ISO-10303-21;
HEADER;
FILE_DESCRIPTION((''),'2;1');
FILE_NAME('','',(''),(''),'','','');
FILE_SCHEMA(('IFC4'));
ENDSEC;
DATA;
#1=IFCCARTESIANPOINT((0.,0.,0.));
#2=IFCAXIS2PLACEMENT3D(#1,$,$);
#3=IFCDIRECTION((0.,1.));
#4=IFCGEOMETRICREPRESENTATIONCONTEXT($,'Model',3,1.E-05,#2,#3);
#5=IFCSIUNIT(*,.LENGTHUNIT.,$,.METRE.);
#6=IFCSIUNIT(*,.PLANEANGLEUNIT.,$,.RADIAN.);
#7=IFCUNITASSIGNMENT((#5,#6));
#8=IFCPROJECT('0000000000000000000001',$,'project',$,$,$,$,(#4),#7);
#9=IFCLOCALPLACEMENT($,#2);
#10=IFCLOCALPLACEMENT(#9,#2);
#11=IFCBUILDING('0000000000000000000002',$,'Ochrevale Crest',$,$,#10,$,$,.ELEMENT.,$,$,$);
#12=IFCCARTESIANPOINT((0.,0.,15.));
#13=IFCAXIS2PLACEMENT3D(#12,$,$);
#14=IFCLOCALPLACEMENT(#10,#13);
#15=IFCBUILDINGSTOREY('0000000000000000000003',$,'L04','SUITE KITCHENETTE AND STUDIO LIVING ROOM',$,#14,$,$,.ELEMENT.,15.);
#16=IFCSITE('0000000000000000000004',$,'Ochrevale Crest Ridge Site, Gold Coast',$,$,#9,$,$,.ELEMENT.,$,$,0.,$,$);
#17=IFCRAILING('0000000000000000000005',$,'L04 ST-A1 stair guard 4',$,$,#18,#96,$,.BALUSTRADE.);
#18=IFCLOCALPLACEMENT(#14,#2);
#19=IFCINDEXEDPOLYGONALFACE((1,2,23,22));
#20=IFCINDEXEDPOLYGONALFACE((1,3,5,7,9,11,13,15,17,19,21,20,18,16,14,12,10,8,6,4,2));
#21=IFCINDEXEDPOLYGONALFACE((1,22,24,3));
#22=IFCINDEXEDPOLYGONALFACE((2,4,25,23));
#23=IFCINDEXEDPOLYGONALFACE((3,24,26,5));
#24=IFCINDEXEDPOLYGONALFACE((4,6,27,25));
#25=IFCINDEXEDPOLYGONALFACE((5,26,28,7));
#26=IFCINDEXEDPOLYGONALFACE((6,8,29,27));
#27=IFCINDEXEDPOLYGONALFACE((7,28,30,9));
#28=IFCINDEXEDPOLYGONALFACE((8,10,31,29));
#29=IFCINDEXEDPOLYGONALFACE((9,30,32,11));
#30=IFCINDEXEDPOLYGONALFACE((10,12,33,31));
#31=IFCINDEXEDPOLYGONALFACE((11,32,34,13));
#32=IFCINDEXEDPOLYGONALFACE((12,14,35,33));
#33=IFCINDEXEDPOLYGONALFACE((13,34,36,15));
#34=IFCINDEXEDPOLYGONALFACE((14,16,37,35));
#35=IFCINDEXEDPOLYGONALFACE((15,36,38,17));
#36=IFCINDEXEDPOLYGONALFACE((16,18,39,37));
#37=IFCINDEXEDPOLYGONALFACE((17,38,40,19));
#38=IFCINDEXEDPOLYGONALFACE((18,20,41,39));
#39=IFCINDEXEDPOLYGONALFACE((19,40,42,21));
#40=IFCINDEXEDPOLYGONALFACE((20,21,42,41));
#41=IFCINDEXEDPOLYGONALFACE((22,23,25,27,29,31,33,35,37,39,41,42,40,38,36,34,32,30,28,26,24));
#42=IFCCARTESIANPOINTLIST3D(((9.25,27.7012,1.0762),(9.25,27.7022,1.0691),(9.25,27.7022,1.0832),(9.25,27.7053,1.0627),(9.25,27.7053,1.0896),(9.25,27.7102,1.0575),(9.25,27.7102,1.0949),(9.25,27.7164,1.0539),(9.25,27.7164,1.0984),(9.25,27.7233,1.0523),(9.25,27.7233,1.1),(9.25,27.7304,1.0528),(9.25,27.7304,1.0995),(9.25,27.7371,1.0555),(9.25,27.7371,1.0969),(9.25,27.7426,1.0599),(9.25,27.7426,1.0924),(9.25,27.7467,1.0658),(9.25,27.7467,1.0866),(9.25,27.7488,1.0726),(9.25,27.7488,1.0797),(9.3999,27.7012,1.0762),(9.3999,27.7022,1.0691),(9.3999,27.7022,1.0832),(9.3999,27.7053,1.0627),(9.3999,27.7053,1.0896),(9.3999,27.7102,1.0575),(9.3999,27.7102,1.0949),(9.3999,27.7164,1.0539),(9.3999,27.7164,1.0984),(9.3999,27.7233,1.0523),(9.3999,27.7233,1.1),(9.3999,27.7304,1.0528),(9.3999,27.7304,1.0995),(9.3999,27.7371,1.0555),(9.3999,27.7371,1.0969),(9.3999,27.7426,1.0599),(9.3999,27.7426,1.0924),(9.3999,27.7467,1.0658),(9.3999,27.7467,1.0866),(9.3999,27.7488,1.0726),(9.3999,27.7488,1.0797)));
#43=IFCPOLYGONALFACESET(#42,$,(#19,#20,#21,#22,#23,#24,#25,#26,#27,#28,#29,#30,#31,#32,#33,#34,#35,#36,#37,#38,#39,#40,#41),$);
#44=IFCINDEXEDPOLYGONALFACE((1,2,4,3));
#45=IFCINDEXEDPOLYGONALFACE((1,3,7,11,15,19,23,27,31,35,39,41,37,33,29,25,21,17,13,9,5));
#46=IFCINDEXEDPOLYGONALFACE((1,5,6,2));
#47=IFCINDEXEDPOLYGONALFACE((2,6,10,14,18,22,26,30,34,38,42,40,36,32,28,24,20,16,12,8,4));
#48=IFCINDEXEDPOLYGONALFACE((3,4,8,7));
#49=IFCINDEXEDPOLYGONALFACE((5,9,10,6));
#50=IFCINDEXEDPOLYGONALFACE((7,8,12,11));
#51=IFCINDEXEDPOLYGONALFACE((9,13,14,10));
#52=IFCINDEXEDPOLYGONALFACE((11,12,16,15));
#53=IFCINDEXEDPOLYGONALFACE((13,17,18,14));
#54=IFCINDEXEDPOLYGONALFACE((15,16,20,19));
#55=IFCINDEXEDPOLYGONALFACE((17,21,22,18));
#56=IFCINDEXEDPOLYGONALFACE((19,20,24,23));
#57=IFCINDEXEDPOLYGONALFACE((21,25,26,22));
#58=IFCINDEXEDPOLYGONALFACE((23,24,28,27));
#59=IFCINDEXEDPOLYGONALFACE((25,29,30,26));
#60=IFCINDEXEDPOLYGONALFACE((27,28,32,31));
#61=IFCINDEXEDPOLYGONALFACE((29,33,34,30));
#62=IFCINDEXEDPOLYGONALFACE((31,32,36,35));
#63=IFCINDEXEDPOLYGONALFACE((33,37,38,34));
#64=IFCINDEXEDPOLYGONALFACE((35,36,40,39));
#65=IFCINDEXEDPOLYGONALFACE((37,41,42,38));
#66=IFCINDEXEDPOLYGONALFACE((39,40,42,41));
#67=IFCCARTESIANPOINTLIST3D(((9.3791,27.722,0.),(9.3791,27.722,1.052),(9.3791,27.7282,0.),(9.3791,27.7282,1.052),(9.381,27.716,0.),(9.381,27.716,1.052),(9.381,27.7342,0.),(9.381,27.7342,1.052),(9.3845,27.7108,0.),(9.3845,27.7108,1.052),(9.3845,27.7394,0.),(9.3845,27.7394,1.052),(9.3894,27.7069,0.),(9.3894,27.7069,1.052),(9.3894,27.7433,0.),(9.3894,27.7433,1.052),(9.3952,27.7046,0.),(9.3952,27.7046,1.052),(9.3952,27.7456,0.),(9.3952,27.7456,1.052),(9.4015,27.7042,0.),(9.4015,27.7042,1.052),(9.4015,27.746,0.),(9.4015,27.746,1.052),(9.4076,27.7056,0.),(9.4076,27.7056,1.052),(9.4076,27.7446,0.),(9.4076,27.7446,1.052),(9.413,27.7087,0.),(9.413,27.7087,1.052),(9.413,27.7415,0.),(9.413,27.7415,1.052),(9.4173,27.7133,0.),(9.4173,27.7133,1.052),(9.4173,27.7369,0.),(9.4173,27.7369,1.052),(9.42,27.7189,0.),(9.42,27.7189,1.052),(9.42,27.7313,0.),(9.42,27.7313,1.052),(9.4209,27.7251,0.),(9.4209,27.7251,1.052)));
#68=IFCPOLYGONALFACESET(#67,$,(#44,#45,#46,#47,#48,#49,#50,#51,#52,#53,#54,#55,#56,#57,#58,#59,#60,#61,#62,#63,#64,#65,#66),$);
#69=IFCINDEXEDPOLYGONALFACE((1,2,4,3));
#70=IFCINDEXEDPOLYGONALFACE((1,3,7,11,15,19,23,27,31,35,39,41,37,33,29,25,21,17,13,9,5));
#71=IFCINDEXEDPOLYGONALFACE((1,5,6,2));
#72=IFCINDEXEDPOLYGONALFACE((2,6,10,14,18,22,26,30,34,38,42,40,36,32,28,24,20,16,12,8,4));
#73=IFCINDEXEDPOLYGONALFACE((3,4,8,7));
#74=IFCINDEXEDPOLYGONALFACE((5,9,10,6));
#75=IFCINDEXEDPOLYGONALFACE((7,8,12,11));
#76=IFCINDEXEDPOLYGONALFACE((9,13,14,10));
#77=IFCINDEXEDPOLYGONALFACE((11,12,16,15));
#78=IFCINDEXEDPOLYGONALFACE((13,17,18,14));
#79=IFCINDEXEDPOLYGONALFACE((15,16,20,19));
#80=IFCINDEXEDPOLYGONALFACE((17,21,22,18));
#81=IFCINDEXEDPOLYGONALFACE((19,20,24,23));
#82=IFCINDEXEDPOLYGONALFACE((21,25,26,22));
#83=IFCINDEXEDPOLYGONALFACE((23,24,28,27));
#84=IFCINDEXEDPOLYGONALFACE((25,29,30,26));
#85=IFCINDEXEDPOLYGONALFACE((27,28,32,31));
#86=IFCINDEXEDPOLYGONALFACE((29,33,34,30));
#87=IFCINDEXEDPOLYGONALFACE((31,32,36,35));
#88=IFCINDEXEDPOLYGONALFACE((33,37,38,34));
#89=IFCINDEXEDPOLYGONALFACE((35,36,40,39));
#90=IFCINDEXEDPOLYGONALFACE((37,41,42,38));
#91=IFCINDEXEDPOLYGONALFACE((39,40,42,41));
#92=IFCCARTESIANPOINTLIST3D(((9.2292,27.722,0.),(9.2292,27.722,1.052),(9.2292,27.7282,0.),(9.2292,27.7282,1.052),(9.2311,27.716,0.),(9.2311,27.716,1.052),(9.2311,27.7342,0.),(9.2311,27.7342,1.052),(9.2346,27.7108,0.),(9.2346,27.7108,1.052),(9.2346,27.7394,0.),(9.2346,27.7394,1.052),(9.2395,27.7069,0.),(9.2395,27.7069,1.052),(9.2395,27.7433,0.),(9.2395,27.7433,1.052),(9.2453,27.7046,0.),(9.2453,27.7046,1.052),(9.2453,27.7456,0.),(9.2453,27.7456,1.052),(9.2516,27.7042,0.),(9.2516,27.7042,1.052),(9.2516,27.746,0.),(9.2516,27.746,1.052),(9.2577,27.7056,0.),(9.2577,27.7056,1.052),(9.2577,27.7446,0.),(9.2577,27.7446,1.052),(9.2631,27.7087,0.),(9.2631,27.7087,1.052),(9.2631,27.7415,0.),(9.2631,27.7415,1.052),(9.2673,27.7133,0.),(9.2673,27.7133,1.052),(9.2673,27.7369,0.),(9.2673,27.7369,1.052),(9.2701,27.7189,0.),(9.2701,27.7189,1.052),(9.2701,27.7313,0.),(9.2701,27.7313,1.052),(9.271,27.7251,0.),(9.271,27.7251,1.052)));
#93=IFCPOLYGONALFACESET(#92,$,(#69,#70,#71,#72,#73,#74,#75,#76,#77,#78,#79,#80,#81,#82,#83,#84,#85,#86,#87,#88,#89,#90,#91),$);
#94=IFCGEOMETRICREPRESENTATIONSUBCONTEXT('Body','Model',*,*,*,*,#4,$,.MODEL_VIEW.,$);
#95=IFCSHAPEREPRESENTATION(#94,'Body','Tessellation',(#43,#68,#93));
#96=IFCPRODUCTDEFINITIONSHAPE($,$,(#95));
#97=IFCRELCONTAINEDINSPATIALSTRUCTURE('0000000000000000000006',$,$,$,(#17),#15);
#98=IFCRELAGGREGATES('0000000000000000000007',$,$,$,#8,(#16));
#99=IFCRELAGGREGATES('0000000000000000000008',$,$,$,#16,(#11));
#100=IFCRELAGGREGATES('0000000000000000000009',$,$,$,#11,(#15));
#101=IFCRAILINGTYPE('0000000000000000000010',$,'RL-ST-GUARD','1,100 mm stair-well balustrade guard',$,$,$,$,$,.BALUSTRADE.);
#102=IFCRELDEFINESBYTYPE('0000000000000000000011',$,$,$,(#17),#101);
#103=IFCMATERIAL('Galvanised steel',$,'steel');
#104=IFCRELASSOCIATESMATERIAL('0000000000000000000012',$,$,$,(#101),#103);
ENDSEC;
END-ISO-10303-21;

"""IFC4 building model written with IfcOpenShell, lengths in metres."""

from ifc_helpers import new_model, si_unit, direction, frame, origin, origin_2d, place, context, subcontext, project, spatial, circle, extrude, material, type_object, element, save


model = new_model("IFC4")

# Units and contexts
model_context = context("Model", 3, precision=1e-05, world=origin(), true_north=direction((0.0, 1.0)))
body_context = subcontext(model_context, "Body", "Model", "MODEL_VIEW")
ifc_project = project(units=[si_unit("LENGTHUNIT", "METRE"), si_unit("PLANEANGLEUNIT", "RADIAN")], contexts=[model_context])

# Site, building, storey
site_placement = place(None, origin())
site = spatial("IfcSite", under=ifc_project, at=site_placement, Name="Ochrevale Crest Ridge Site, Gold Coast", CompositionType="ELEMENT", RefElevation=0.0)
building_placement = place(site_placement, origin())
building = spatial("IfcBuilding", under=site, at=building_placement, Name="Ochrevale Crest", CompositionType="ELEMENT")
storey_placement = place(building_placement, frame((0.0, 0.0, 15.0)))
storey = spatial("IfcBuildingStorey", under=building, at=storey_placement, Name="L04", Description="SUITE KITCHENETTE AND STUDIO LIVING ROOM", CompositionType="ELEMENT", Elevation=15.0)

# Railing
ifc_material_1 = material(Name="Galvanised steel", Category="steel")
railing_type_1 = type_object("IfcRailingType", Name="RL-ST-GUARD", Description="1,100 mm stair-well balustrade guard", PredefinedType="BALUSTRADE", material=ifc_material_1)
railing_1_placement = place(storey_placement, frame((9.3999, 27.7251, 0.0)))
element("IfcRailing", 1, at=railing_1_placement, inside=storey, type_object=railing_type_1, Name="L04 ST-A1 stair guard 4", PredefinedType="BALUSTRADE", context=body_context, shape_type="SweptSolid", body=[
    extrude(circle(Radius=0.0239, at=origin_2d()), frame((0.0, 0.0, 1.0762), z_axis=(-1.0, 0.0, 0.0), x_axis=(0.0, -1.0, 0.0)), (0.0, 0.0, 1.0), 0.1499),
    extrude(circle(Radius=0.021, at=origin_2d()), origin(), (0.0, 0.0, 1.0), 1.052),
    extrude(circle(Radius=0.021, at=origin_2d()), frame((-0.1499, 0.0, 0.0)), (0.0, 0.0, 1.0), 1.052),
])

save(model, "model.ifc")
